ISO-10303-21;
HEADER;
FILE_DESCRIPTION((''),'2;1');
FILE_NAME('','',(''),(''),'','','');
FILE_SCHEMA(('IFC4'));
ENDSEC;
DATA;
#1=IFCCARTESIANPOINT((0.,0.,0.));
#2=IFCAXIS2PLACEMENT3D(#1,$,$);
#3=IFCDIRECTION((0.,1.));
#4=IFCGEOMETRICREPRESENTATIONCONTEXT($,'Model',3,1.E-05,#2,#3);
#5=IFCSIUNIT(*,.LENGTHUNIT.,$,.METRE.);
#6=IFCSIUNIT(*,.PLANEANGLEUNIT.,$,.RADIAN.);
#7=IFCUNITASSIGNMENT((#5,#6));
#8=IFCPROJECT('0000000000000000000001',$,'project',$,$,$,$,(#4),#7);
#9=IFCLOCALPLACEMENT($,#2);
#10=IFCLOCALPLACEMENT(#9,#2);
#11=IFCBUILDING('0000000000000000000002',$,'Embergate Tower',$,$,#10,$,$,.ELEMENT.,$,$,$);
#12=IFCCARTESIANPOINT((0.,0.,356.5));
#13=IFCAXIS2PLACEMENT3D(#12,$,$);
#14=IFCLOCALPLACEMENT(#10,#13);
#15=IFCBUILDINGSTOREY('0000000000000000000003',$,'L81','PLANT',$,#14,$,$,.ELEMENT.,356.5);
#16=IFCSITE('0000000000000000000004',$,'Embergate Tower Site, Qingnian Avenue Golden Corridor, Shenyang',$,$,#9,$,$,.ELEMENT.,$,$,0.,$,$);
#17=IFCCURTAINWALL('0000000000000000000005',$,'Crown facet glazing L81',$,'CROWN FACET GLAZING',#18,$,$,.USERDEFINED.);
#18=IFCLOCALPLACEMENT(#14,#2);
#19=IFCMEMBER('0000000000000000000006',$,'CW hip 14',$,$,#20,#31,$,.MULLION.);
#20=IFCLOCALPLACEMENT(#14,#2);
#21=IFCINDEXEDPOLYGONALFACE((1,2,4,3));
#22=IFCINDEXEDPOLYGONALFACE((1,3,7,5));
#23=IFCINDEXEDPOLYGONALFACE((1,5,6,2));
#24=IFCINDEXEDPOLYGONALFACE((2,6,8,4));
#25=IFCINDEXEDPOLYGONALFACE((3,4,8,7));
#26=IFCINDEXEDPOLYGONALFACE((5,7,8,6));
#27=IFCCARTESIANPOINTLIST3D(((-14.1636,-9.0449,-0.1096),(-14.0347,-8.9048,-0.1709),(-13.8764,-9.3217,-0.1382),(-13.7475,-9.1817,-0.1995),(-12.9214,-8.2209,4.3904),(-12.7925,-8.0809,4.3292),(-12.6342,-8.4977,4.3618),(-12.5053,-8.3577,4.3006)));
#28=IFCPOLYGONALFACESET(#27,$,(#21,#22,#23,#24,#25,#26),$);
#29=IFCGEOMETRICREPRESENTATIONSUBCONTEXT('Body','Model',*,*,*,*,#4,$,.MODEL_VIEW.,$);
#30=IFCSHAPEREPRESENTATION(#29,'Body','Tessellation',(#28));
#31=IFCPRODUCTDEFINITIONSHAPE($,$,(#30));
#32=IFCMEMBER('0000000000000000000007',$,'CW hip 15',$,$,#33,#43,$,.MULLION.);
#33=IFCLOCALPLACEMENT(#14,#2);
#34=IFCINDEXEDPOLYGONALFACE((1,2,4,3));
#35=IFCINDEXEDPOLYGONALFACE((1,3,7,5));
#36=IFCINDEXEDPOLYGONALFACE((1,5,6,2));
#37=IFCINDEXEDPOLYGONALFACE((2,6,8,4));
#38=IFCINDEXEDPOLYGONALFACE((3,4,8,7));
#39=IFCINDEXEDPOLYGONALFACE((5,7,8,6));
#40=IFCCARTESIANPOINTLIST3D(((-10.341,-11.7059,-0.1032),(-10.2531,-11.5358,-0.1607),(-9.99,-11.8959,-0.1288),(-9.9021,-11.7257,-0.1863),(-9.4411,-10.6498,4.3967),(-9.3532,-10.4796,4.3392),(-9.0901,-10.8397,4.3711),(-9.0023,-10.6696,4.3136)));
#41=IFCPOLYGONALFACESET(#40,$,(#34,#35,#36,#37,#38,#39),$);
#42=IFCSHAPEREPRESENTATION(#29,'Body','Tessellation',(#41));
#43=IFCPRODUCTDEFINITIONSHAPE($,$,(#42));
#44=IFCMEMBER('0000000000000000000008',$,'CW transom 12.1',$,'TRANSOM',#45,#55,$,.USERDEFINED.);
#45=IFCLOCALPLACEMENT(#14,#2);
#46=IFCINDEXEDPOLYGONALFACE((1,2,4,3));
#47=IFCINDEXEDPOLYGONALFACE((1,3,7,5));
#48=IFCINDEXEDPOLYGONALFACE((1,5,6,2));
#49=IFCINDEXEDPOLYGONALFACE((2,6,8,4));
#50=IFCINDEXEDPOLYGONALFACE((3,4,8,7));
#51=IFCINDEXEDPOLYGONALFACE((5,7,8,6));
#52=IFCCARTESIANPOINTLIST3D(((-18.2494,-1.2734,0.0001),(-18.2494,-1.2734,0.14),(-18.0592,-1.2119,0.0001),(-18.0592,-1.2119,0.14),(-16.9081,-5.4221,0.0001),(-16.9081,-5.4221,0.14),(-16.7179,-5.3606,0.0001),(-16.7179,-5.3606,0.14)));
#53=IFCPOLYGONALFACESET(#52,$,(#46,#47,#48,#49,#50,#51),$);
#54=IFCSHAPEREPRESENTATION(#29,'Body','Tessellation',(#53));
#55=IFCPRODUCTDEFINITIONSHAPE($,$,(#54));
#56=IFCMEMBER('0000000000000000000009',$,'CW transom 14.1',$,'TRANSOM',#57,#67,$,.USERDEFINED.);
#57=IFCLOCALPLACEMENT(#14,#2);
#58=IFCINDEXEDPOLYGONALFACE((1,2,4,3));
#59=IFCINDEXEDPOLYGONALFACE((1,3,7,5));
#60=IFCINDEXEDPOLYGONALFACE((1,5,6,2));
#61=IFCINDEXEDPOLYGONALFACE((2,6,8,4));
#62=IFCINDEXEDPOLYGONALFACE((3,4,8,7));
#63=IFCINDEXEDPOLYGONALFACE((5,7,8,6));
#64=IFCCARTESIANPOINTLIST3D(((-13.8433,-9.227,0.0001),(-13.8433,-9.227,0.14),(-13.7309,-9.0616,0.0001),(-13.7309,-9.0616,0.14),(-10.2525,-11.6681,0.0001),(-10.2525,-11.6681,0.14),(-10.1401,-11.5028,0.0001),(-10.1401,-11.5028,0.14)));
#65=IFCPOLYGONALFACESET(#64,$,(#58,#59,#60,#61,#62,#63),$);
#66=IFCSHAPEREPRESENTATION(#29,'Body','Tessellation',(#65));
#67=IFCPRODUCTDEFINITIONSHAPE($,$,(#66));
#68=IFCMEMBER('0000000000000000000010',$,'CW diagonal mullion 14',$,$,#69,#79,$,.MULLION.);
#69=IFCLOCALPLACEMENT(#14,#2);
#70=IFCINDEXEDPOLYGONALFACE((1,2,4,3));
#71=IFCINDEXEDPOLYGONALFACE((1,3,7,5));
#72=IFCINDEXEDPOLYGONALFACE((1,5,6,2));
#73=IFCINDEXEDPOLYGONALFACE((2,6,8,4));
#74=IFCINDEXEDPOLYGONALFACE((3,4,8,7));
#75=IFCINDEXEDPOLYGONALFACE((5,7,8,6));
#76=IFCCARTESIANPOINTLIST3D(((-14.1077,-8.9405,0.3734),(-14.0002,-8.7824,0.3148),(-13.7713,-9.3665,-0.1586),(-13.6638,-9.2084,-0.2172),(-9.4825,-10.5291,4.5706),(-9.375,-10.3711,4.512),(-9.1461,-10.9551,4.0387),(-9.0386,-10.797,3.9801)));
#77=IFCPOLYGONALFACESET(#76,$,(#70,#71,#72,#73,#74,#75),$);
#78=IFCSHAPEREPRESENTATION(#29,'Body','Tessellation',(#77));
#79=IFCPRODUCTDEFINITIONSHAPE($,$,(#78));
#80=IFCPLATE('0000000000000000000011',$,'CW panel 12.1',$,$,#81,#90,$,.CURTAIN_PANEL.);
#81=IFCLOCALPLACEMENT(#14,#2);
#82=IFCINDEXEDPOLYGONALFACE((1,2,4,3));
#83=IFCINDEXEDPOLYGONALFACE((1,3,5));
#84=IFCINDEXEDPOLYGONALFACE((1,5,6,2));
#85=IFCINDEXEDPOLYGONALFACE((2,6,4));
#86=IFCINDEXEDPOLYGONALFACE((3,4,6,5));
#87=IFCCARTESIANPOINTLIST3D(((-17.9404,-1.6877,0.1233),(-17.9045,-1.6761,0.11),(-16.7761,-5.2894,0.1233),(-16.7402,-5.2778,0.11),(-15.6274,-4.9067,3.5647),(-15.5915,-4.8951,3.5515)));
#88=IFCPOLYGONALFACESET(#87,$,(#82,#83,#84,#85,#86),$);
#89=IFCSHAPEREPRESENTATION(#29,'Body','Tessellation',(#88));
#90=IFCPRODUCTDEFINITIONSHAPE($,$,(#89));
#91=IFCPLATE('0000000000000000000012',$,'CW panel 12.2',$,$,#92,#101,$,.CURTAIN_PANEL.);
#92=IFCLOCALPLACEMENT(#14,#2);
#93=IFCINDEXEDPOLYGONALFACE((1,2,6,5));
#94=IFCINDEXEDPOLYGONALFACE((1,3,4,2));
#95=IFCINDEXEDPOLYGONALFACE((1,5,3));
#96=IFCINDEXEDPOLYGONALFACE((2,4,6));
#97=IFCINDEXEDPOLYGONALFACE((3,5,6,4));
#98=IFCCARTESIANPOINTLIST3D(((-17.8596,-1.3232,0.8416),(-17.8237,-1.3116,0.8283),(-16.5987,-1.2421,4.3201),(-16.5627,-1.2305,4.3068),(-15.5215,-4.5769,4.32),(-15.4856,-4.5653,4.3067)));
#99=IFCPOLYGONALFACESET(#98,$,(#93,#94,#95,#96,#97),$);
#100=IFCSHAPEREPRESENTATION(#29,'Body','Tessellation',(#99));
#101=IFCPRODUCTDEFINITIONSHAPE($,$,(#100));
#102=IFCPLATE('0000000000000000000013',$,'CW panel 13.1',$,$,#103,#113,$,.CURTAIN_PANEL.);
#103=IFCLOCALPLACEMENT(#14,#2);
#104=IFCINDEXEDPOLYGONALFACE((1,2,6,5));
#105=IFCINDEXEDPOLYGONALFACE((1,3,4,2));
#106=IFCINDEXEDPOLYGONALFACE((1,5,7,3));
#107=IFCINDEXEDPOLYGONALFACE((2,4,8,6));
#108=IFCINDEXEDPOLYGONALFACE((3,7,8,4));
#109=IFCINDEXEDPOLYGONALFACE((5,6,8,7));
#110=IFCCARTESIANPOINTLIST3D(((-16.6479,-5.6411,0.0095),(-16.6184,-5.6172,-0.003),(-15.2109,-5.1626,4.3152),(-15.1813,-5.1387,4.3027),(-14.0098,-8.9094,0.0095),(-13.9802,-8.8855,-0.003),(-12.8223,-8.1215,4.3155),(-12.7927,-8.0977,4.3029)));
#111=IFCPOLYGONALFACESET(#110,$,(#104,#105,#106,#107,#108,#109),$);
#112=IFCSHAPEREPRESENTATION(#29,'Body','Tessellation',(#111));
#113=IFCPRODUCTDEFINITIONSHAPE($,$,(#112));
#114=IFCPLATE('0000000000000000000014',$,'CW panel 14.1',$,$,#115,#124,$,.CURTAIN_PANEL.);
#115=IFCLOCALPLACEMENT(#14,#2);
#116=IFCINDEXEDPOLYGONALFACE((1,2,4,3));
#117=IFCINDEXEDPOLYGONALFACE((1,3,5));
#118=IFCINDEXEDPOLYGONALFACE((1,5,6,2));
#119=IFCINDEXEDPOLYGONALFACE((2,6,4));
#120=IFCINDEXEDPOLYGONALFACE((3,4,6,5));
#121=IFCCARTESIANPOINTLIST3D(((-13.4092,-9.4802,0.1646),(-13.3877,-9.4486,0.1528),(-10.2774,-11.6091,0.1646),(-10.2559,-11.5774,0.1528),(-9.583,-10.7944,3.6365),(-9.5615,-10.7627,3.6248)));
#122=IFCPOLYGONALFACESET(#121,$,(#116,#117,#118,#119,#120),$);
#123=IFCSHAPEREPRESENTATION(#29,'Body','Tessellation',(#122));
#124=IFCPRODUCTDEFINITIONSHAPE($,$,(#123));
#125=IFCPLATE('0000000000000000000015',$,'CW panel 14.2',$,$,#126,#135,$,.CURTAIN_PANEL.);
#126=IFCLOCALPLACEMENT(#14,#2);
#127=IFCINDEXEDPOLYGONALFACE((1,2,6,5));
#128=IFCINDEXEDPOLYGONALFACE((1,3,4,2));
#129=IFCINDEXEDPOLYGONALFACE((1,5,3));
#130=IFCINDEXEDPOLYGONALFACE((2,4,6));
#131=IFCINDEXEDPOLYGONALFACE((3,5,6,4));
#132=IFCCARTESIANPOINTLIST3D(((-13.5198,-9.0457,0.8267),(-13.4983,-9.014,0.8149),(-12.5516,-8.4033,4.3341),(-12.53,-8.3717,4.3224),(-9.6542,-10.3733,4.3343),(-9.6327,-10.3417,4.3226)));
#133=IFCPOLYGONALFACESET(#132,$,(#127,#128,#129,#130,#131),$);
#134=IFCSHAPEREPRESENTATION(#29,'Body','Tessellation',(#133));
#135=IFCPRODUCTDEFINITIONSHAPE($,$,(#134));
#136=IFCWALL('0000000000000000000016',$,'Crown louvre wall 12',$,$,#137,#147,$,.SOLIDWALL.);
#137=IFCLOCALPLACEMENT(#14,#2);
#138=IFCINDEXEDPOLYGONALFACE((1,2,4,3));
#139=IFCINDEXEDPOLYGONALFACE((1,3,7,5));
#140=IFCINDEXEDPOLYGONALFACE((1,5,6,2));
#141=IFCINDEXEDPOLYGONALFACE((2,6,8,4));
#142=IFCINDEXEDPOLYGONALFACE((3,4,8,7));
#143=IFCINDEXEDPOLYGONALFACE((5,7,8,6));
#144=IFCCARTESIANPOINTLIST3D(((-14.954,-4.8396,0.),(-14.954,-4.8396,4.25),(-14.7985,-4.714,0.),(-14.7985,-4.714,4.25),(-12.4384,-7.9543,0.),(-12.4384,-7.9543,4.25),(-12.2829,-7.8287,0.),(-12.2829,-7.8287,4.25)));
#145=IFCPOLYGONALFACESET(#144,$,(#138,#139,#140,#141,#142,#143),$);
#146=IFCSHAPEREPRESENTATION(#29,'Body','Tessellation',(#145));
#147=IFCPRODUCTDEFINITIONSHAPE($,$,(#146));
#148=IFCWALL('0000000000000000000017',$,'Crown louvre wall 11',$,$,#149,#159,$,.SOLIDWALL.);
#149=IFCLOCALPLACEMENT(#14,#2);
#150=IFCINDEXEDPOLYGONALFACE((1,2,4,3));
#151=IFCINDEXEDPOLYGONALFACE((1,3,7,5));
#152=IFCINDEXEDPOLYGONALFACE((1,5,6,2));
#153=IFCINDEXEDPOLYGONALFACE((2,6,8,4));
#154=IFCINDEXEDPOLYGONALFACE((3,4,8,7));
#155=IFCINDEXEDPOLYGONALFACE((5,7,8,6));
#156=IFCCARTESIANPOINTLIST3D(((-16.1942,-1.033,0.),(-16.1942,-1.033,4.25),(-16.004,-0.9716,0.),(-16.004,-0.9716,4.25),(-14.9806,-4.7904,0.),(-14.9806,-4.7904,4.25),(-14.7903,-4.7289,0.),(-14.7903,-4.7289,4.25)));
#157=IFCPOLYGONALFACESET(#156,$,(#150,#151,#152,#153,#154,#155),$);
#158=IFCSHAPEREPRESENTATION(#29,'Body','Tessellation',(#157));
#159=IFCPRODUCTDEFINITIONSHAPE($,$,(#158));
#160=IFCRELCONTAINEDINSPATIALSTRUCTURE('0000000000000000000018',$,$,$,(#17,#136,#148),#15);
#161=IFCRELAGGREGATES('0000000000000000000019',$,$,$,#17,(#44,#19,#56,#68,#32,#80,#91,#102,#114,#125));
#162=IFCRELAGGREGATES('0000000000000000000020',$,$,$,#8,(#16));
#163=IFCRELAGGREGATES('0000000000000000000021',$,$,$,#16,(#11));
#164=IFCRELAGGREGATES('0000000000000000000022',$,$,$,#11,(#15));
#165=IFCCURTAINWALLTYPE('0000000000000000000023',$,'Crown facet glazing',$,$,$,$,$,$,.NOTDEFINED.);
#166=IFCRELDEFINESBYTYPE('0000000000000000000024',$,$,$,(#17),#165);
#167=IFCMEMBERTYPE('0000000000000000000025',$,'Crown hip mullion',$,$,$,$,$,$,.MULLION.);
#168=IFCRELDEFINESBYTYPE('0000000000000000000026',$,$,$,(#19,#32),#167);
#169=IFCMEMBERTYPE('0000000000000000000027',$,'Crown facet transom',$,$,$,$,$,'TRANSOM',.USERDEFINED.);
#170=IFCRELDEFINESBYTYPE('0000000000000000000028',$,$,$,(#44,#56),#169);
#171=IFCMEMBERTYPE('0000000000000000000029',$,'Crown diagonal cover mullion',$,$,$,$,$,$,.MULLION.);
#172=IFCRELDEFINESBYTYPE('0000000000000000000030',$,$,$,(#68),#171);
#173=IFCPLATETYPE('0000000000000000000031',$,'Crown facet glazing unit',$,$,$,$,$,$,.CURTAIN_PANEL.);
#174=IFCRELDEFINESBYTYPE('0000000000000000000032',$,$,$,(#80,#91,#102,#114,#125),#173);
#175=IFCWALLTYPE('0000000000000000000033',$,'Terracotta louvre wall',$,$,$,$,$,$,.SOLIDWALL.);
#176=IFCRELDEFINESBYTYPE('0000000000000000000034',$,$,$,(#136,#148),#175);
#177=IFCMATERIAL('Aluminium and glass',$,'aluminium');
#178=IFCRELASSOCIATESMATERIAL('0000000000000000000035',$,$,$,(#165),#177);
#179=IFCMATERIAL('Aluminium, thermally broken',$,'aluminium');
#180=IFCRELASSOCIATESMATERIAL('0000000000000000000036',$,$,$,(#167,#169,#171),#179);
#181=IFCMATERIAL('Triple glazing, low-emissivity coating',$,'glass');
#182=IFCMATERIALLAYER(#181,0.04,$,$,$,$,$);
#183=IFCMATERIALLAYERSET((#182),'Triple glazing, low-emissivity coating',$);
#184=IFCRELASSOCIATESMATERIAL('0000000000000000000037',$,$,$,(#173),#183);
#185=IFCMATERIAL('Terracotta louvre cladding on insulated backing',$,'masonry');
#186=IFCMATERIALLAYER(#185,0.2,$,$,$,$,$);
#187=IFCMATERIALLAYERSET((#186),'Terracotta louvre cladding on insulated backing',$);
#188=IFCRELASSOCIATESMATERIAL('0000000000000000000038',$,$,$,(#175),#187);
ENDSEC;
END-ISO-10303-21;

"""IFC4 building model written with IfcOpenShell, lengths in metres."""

from ifc_helpers import new_model, si_unit, direction, frame, frame_2d, origin, origin_2d, place, context, subcontext, project, spatial, polyline, rectangle, outline, extrude, source, transform, mapped, material, layer, layer_set, material_profile, profile_set, type_object, element, aggregate, save


model = new_model("IFC4")

# Units and contexts
model_context = context("Model", 3, precision=1e-05, world=origin(), true_north=direction((0.0, 1.0)))
body_context = subcontext(model_context, "Body", "Model", "MODEL_VIEW")
ifc_project = project(units=[si_unit("LENGTHUNIT", "METRE"), si_unit("PLANEANGLEUNIT", "RADIAN")], contexts=[model_context])

# Site, building, storey
site_placement = place(None, origin())
site = spatial("IfcSite", under=ifc_project, at=site_placement, Name="Embergate Tower Site, Qingnian Avenue Golden Corridor, Shenyang", CompositionType="ELEMENT", RefElevation=0.0)
building_placement = place(site_placement, origin())
building = spatial("IfcBuilding", under=site, at=building_placement, Name="Embergate Tower", CompositionType="ELEMENT")
storey_placement = place(building_placement, frame((0.0, 0.0, 356.5)))
storey = spatial("IfcBuildingStorey", under=building, at=storey_placement, Name="L81", Description="PLANT", CompositionType="ELEMENT", Elevation=356.5)

# Curtain wall, members, plates
ifc_material_1 = material(Name="Aluminium and glass", Category="aluminium")
curtain_wall_type = type_object("IfcCurtainWallType", Name="Crown facet glazing", PredefinedType="NOTDEFINED", material=ifc_material_1)
curtain_wall_placement = place(storey_placement, origin())
curtain_wall = element("IfcCurtainWall", 1, at=curtain_wall_placement, inside=storey, type_object=curtain_wall_type, Name="Crown facet glazing L81", ObjectType="CROWN FACET GLAZING", PredefinedType="USERDEFINED")
ifc_material_2 = material(Name="Aluminium, thermally broken", Category="aluminium")
ifc_material_profile_1 = material_profile(ifc_material_2, rectangle(XDim=0.2, YDim=0.3999, at=origin_2d()), Name="AL 400x200")
ifc_profile_set_1 = profile_set([ifc_material_profile_1], Name="Aluminium, thermally broken")
member_type_1 = type_object("IfcMemberType", Name="Crown hip mullion", PredefinedType="MULLION", material=ifc_profile_set_1)
shared_shape_1 = source(origin(), body_context, "Body", "SweptSolid", [
    extrude(rectangle(XDim=0.2, YDim=0.3999, at=origin_2d()), origin(), (0.0, 0.0, 1.0), 4.7405),
])
member_1_placement = place(storey_placement, frame((-13.9556, -9.1133, -0.1545), z_axis=(0.262039, 0.173817, 0.949275), x_axis=(-0.644657, -0.700466, 0.306211)))
member_1 = element("IfcMember", 2, at=member_1_placement, type_object=member_type_1, Name="CW hip 14", PredefinedType="MULLION", context=body_context, shape_type="MappedRepresentation", body=[
    mapped(shared_shape_1, transform((0.0, 0.0, 0.0))),
])
shared_shape_2 = source(origin(), body_context, "Body", "SweptSolid", [
    extrude(rectangle(XDim=0.2, YDim=0.3999, at=origin_2d()), origin(), (0.0, 0.0, 1.0), 4.709),
])
member_2_placement = place(storey_placement, frame((-10.1216, -11.7158, -0.1448), z_axis=(0.1911, 0.224281, 0.955604), x_axis=(-0.439505, -0.85095, 0.28761)))
member_2 = element("IfcMember", 3, at=member_2_placement, type_object=member_type_1, Name="CW hip 15", PredefinedType="MULLION", context=body_context, shape_type="MappedRepresentation", body=[
    mapped(shared_shape_2, transform((0.0, 0.0, 0.0))),
])
ifc_material_profile_2 = material_profile(ifc_material_2, rectangle(XDim=0.2, YDim=0.1399, at=origin_2d()), Name="AL 140x200")
ifc_profile_set_2 = profile_set([ifc_material_profile_2], Name="Aluminium, thermally broken")
member_type_2 = type_object("IfcMemberType", Name="Crown facet transom", ElementType="TRANSOM", PredefinedType="USERDEFINED", material=ifc_profile_set_2)
shared_shape_3 = source(origin(), body_context, "Body", "SweptSolid", [
    extrude(rectangle(XDim=0.2, YDim=0.1399, at=origin_2d()), origin(), (0.0, 0.0, 1.0), 4.3601),
])
member_3_placement = place(storey_placement, frame((-18.1543, -1.2427, 0.0701), z_axis=(0.307631, -0.951506, 0.0), x_axis=(0.951506, 0.307631, 0.0)))
member_3 = element("IfcMember", 4, at=member_3_placement, type_object=member_type_2, Name="CW transom 12.1", ObjectType="TRANSOM", PredefinedType="USERDEFINED", context=body_context, shape_type="MappedRepresentation", body=[
    mapped(shared_shape_3, transform((0.0, 0.0, 0.0))),
])
shared_shape_4 = source(origin(), body_context, "Body", "SweptSolid", [
    extrude(rectangle(XDim=0.2, YDim=0.1399, at=origin_2d()), origin(), (0.0, 0.0, 1.0), 4.342),
])
member_4_placement = place(storey_placement, frame((-13.7871, -9.1443, 0.0701), z_axis=(0.82699, -0.562216, 0.0), x_axis=(0.562216, 0.82699, 0.0)))
member_4 = element("IfcMember", 5, at=member_4_placement, type_object=member_type_2, Name="CW transom 14.1", ObjectType="TRANSOM", PredefinedType="USERDEFINED", context=body_context, shape_type="MappedRepresentation", body=[
    mapped(shared_shape_4, transform((0.0, 0.0, 0.0))),
])
ifc_material_profile_3 = material_profile(ifc_material_2, rectangle(XDim=0.2, YDim=0.76, at=origin_2d()), Name="AL 760x200")
ifc_profile_set_3 = profile_set([ifc_material_profile_3], Name="Aluminium, thermally broken")
member_type_3 = type_object("IfcMemberType", Name="Crown diagonal cover mullion", PredefinedType="MULLION", material=ifc_profile_set_3)
shared_shape_5 = source(origin(), body_context, "Body", "SweptSolid", [
    extrude(rectangle(XDim=0.2, YDim=0.76, at=origin_2d()), origin(), (0.0, 0.0, 1.0), 6.4446),
])
member_5_placement = place(storey_placement, frame((-13.8857, -9.0745, 0.0781), z_axis=(0.717686, -0.246502, 0.651278), x_axis=(-0.537537, -0.790667, 0.293087)))
member_5 = element("IfcMember", 6, at=member_5_placement, type_object=member_type_3, Name="CW diagonal mullion 14", PredefinedType="MULLION", context=body_context, shape_type="MappedRepresentation", body=[
    mapped(shared_shape_5, transform((0.0, 0.0, 0.0))),
])
ifc_material_3 = material(Name="Triple glazing, low-emissivity coating", Category="glass")
ifc_layer_1 = layer(ifc_material_3, 0.04)
ifc_layer_set_1 = layer_set([ifc_layer_1], Name="Triple glazing, low-emissivity coating")
plate_type = type_object("IfcPlateType", Name="Crown facet glazing unit", PredefinedType="CURTAIN_PANEL", material=ifc_layer_set_1)
shared_shape_6 = source(origin(), body_context, "Body", "SweptSolid", [
    extrude(outline(polyline([(0.0, 0.0), (3.7852, 0.0), (3.7744, 3.6482), (0.0, 0.0)])), origin(), (0.0, 0.0, -1.0), 0.04),
])
plate_1_placement = place(storey_placement, frame((-17.9404, -1.6877, 0.1233), z_axis=(-0.897592, -0.290172, 0.331858), x_axis=(0.307604, -0.951515, 0.0)))
plate_1 = element("IfcPlate", 7, at=plate_1_placement, type_object=plate_type, Name="CW panel 12.1", PredefinedType="CURTAIN_PANEL", context=body_context, shape_type="MappedRepresentation", body=[
    mapped(shared_shape_6, transform((0.0, 0.0, 0.0))),
])
shared_shape_7 = source(origin(), body_context, "Body", "SweptSolid", [
    extrude(outline(polyline([(0.0, 0.0), (5.3059, 0.0), (2.7864, 2.4358), (0.0, 0.0)])), origin(), (0.0, 0.0, -1.0), 0.04),
])
plate_2_placement = place(storey_placement, frame((-17.8596, -1.3232, 0.8416), z_axis=(-0.89757, -0.289925, 0.332131), x_axis=(0.440662, -0.613208, 0.655586)))
plate_2 = element("IfcPlate", 8, at=plate_2_placement, type_object=plate_type, Name="CW panel 12.2", PredefinedType="CURTAIN_PANEL", context=body_context, shape_type="MappedRepresentation", body=[
    mapped(shared_shape_7, transform((0.0, 0.0, 0.0))),
])
shared_shape_8 = source(origin(), body_context, "Body", "SweptSolid", [
    extrude(outline(polyline([(0.0, 0.0), (4.2002, 0.0), (4.333, 4.5337), (0.5303, 4.5334), (0.0, 0.0)])), origin(), (0.0, 0.0, -1.0), 0.04),
])
plate_3_placement = place(storey_placement, frame((-16.6479, -5.6411, 0.0095), z_axis=(-0.739036, -0.596559, 0.312959), x_axis=(0.628111, -0.778124, -0.000002)))
plate_3 = element("IfcPlate", 9, at=plate_3_placement, type_object=plate_type, Name="CW panel 13.1", PredefinedType="CURTAIN_PANEL", context=body_context, shape_type="MappedRepresentation", body=[
    mapped(shared_shape_8, transform((0.0, 0.0, 0.0))),
])
shared_shape_9 = source(origin(), body_context, "Body", "SweptSolid", [
    extrude(outline(polyline([(0.0, 0.0), (3.7869, 0.0), (3.9031, 3.6313), (0.0, 0.0)])), origin(), (0.0, 0.0, -1.0), 0.04),
])
plate_4_placement = place(storey_placement, frame((-13.4092, -9.4802, 0.1646), z_axis=(-0.537497, -0.790713, 0.293035), x_axis=(0.827018, -0.562176, 0.0)))
plate_4 = element("IfcPlate", 10, at=plate_4_placement, type_object=plate_type, Name="CW panel 14.1", PredefinedType="CURTAIN_PANEL", context=body_context, shape_type="MappedRepresentation", body=[
    mapped(shared_shape_9, transform((0.0, 0.0, 0.0))),
])
shared_shape_10 = source(origin(), body_context, "Body", "SweptSolid", [
    extrude(outline(polyline([(0.0, 0.0), (5.386, 0.0), (2.8208, 2.3865), (0.0, 0.0)])), origin(), (0.0, 0.0, -1.0), 0.04),
])
plate_5_placement = place(storey_placement, frame((-13.5198, -9.0457, 0.8267), z_axis=(-0.537575, -0.790607, 0.293179), x_axis=(0.717708, -0.246504, 0.651254)))
plate_5 = element("IfcPlate", 11, at=plate_5_placement, type_object=plate_type, Name="CW panel 14.2", PredefinedType="CURTAIN_PANEL", context=body_context, shape_type="MappedRepresentation", body=[
    mapped(shared_shape_10, transform((0.0, 0.0, 0.0))),
])
aggregate(curtain_wall, [member_3, member_1, member_4, member_5, member_2, plate_1, plate_2, plate_3, plate_4, plate_5])

# Walls
ifc_material_4 = material(Name="Terracotta louvre cladding on insulated backing", Category="masonry")
ifc_layer_2 = layer(ifc_material_4, 0.2)
ifc_layer_set_2 = layer_set([ifc_layer_2], Name="Terracotta louvre cladding on insulated backing")
wall_type_1 = type_object("IfcWallType", Name="Terracotta louvre wall", PredefinedType="SOLIDWALL", material=ifc_layer_set_2)
shared_shape_11 = source(origin(), body_context, "Body", "SweptSolid", [
    extrude(rectangle(XDim=4.0037, YDim=0.2, at=frame_2d((2.002, 0.0))), origin(), (0.0, 0.0, 1.0), 4.25),
])
wall_1_placement = place(storey_placement, frame((-12.3606, -7.8916, 0.0), z_axis=(0.0, 0.0, 1.0), x_axis=(-0.628317, 0.777957, 0.0)))
element("IfcWall", 12, at=wall_1_placement, inside=storey, type_object=wall_type_1, Name="Crown louvre wall 12", PredefinedType="SOLIDWALL", context=body_context, shape_type="MappedRepresentation", body=[
    mapped(shared_shape_11, transform((0.0, 0.0, 0.0))),
])
shared_shape_12 = source(origin(), body_context, "Body", "SweptSolid", [
    extrude(rectangle(XDim=3.9485, YDim=0.2, at=frame_2d((1.9741, 0.0))), origin(), (0.0, 0.0, 1.0), 4.25),
])
wall_2_placement = place(storey_placement, frame((-14.8855, -4.7595, 0.0), z_axis=(0.0, 0.0, 1.0), x_axis=(-0.307366, 0.951591, 0.0)))
element("IfcWall", 13, at=wall_2_placement, inside=storey, type_object=wall_type_1, Name="Crown louvre wall 11", PredefinedType="SOLIDWALL", context=body_context, shape_type="MappedRepresentation", body=[
    mapped(shared_shape_12, transform((0.0, 0.0, 0.0))),
])

save(model, "model.ifc")
